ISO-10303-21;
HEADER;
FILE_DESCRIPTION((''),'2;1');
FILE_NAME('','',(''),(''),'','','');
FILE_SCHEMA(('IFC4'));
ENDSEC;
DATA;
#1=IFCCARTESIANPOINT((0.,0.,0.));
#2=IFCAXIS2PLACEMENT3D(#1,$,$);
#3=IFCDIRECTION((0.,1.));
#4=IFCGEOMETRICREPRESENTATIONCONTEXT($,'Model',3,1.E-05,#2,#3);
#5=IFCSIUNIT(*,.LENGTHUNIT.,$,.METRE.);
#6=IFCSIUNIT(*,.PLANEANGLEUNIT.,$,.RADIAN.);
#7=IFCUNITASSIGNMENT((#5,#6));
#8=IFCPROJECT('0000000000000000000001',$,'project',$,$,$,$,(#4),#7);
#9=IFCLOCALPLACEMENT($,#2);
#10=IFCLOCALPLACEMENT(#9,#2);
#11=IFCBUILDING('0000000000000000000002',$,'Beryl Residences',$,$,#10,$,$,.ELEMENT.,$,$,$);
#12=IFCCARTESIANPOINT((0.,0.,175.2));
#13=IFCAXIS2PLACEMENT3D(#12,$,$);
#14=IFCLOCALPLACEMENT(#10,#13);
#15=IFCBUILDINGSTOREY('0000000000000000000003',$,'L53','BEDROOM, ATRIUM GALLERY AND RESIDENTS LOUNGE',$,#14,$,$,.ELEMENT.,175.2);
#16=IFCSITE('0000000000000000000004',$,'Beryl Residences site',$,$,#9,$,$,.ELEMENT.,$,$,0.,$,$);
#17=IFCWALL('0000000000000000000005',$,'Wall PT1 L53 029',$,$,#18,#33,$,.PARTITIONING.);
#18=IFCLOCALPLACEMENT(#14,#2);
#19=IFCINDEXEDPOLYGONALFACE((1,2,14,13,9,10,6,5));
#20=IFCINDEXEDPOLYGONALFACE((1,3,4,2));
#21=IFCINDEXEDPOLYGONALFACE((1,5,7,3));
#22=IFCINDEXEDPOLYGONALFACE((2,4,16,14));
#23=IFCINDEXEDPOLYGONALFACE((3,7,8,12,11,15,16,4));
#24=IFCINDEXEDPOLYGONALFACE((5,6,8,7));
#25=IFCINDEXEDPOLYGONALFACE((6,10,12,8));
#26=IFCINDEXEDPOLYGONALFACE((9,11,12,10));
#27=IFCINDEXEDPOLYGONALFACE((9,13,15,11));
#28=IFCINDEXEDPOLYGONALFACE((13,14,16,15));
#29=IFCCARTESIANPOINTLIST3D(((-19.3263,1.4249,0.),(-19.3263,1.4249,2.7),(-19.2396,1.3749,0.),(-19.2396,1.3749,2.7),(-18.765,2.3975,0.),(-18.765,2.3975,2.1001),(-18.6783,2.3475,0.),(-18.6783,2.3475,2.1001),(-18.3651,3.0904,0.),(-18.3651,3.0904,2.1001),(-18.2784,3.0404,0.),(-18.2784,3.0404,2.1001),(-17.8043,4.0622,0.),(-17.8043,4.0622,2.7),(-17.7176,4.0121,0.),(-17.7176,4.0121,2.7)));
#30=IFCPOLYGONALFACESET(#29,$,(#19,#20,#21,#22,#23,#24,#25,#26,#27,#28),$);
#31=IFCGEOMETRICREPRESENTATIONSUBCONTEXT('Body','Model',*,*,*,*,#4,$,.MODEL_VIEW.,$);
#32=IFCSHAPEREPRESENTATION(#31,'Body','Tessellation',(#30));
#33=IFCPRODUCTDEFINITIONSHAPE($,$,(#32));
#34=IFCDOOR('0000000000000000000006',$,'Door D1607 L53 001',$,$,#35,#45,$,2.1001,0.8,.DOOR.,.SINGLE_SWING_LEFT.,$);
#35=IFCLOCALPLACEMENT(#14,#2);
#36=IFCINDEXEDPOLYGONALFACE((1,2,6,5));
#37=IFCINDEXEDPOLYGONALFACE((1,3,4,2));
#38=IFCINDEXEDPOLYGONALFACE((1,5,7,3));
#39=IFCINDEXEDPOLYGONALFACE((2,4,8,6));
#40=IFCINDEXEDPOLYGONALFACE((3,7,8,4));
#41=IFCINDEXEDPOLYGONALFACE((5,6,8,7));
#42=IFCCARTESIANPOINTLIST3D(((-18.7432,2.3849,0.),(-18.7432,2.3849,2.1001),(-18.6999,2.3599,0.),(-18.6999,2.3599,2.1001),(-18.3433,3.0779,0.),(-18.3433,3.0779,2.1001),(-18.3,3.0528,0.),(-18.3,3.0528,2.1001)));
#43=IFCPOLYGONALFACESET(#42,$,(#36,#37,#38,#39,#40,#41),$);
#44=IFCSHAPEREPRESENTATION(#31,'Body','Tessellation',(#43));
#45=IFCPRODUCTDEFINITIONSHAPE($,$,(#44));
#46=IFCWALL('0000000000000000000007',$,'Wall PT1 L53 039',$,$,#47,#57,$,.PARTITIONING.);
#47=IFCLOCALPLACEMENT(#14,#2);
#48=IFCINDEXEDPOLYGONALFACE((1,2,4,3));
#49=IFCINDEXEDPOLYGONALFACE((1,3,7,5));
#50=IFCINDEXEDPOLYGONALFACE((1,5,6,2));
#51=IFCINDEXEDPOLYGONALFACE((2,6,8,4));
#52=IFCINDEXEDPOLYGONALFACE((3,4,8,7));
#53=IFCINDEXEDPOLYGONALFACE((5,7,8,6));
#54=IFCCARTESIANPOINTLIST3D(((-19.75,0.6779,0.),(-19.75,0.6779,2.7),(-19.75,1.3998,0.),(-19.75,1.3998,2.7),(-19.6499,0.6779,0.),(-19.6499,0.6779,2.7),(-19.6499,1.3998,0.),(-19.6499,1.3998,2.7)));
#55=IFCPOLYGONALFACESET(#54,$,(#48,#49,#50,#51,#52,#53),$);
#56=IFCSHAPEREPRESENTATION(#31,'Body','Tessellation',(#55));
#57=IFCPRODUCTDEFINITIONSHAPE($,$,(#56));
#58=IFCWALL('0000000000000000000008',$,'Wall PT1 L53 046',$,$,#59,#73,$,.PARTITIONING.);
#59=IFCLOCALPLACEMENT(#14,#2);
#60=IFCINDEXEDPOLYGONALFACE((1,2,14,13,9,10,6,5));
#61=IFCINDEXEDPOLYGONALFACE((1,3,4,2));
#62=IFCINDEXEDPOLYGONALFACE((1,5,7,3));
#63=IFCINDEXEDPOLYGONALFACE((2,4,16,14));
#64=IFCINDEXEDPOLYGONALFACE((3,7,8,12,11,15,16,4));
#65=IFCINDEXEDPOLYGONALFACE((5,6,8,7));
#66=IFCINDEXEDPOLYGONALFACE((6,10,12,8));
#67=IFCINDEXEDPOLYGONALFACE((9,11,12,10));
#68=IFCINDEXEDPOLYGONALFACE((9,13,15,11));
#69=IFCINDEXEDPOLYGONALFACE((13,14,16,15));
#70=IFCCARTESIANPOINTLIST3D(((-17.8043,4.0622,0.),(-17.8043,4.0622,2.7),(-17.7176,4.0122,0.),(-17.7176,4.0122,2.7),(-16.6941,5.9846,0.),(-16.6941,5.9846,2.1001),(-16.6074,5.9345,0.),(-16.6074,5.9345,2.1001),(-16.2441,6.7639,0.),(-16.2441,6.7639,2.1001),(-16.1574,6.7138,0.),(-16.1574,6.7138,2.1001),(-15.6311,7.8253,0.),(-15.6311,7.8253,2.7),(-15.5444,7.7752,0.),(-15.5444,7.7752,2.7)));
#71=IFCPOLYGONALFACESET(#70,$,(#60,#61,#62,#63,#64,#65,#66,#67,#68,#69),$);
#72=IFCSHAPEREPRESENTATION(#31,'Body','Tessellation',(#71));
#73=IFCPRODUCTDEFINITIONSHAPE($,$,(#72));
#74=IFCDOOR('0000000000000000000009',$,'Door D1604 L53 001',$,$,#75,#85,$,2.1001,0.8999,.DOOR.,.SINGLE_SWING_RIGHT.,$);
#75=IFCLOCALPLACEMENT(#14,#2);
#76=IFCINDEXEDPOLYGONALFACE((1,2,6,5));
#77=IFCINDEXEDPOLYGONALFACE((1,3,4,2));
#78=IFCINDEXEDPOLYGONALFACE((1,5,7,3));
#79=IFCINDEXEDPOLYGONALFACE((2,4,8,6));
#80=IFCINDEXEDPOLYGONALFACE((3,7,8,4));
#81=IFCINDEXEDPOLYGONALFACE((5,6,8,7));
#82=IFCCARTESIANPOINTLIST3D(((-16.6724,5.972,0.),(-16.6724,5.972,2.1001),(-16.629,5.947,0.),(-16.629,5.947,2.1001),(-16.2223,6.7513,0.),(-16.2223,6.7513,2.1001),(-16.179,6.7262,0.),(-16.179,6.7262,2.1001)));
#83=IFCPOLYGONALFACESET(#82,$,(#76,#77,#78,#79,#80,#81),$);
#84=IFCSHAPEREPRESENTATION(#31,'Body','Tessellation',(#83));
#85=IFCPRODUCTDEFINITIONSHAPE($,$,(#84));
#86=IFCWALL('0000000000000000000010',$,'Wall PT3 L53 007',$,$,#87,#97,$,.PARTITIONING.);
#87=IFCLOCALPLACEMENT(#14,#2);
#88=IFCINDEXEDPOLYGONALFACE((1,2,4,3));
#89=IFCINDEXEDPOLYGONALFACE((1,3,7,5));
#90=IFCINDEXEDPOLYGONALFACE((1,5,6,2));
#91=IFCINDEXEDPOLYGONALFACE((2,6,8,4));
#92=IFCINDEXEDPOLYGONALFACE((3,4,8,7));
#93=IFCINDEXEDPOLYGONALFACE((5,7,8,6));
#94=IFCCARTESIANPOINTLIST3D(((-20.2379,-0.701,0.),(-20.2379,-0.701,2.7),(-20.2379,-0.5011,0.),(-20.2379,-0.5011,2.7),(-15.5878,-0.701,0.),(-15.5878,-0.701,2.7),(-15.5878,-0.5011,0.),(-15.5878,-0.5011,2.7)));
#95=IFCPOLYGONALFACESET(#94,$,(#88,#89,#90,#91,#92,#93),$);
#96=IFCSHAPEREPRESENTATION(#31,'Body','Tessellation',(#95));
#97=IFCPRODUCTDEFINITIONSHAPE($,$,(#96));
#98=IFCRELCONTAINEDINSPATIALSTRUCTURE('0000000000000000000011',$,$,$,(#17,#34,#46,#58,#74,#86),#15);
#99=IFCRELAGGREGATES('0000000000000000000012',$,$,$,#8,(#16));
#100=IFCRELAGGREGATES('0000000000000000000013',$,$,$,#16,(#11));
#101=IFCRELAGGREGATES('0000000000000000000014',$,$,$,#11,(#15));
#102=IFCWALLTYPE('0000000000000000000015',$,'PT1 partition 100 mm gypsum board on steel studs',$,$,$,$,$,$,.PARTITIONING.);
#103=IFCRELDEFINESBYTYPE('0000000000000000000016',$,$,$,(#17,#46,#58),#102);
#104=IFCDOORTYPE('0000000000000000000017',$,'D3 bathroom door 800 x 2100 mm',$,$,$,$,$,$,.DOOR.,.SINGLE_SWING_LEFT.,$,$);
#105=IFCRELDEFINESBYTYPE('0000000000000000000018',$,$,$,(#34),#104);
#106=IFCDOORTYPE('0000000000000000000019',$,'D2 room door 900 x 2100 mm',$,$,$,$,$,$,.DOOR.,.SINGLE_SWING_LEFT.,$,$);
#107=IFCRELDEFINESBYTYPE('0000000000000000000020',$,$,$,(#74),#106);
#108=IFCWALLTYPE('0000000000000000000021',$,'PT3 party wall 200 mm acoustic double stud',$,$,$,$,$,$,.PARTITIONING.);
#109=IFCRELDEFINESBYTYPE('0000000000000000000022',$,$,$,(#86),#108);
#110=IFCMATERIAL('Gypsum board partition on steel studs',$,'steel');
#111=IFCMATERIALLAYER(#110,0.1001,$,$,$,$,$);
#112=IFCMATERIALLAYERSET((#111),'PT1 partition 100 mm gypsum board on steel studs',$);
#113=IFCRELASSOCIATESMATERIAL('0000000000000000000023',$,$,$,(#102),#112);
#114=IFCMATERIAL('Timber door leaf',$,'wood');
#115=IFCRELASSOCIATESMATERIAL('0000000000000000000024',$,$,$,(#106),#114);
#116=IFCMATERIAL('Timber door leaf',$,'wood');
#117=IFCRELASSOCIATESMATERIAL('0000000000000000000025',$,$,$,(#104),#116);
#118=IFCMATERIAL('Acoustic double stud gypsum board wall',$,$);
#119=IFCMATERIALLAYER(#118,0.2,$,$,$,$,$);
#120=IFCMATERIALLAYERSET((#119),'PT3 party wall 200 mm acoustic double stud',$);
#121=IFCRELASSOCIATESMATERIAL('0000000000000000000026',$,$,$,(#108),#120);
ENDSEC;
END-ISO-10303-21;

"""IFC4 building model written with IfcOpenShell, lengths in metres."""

from ifc_helpers import new_model, si_unit, direction, frame, frame_2d, origin, place, context, subcontext, project, spatial, rectangle, extrude, material, layer, layer_set, type_object, element, fill, save


model = new_model("IFC4")

# Units and contexts
model_context = context("Model", 3, precision=1e-05, world=origin(), true_north=direction((0.0, 1.0)))
body_context = subcontext(model_context, "Body", "Model", "MODEL_VIEW")
ifc_project = project(units=[si_unit("LENGTHUNIT", "METRE"), si_unit("PLANEANGLEUNIT", "RADIAN")], contexts=[model_context])

# Site, building, storey
site_placement = place(None, origin())
site = spatial("IfcSite", under=ifc_project, at=site_placement, Name="Beryl Residences site", CompositionType="ELEMENT", RefElevation=0.0)
building_placement = place(site_placement, origin())
building = spatial("IfcBuilding", under=site, at=building_placement, Name="Beryl Residences", CompositionType="ELEMENT")
storey_placement = place(building_placement, frame((0.0, 0.0, 175.2)))
storey = spatial("IfcBuildingStorey", under=building, at=storey_placement, Name="L53", Description="BEDROOM, ATRIUM GALLERY AND RESIDENTS LOUNGE", CompositionType="ELEMENT", Elevation=175.2)

# Shared definitions
ifc_material_1 = material(Name="Gypsum board partition on steel studs", Category="steel")
ifc_layer_1 = layer(ifc_material_1, 0.1001)
ifc_layer_set_1 = layer_set([ifc_layer_1], Name="PT1 partition 100 mm gypsum board on steel studs")
wall_type_1 = type_object("IfcWallType", Name="PT1 partition 100 mm gypsum board on steel studs", PredefinedType="PARTITIONING", material=ifc_layer_set_1)
ifc_material_2 = material(Name="Timber door leaf", Category="wood")
door_type_1 = type_object("IfcDoorType", Name="D2 room door 900 x 2100 mm", OperationType="SINGLE_SWING_LEFT", PredefinedType="DOOR", material=ifc_material_2)

# Wall, opening, door
wall_1_placement = place(storey_placement, frame((-19.283, 1.3999, 0.0), z_axis=(0.0, 0.0, 1.0), x_axis=(0.499847, 0.866113, 0.0)))
wall_1 = element("IfcWall", 1, at=wall_1_placement, inside=storey, type_object=wall_type_1, Name="Wall PT1 L53 029", PredefinedType="PARTITIONING", context=body_context, shape_type="SweptSolid", body=[
    extrude(rectangle(XDim=3.0449, YDim=0.1001, at=frame_2d((1.5225, 0.0))), origin(), (0.0, 0.0, 1.0), 2.7),
])
opening_1_placement = place(wall_1_placement, frame((1.123, 0.0, 0.0)))
opening_1 = element("IfcOpeningElement", 2, at=opening_1_placement, cuts=wall_1, PredefinedType="OPENING", context=body_context, shape_type="SweptSolid", body=[
    extrude(rectangle(XDim=0.8, YDim=2.1001, at=frame_2d((0.3999, 1.05))), frame((0.0, 0.0601, 0.0), z_axis=(0.0, -1.0, 0.0), x_axis=(1.0, 0.0, 0.0)), (0.0, 0.0, 1.0), 0.1201),
])
ifc_material_3 = material(Name="Timber door leaf", Category="wood")
door_type_2 = type_object("IfcDoorType", Name="D3 bathroom door 800 x 2100 mm", OperationType="SINGLE_SWING_LEFT", PredefinedType="DOOR", material=ifc_material_3)
door_1_placement = place(opening_1_placement, origin())
door_1 = element("IfcDoor", 3, at=door_1_placement, inside=storey, type_object=door_type_2, Name="Door D1607 L53 001", OperationType="SINGLE_SWING_LEFT", OverallHeight=2.1001, OverallWidth=0.8, PredefinedType="DOOR", context=body_context, shape_type="SweptSolid", body=[
    extrude(rectangle(XDim=0.8, YDim=2.1001, at=frame_2d((0.3999, 1.05))), frame((0.0, 0.0249, 0.0), z_axis=(0.0, -1.0, 0.0), x_axis=(1.0, 0.0, 0.0)), (0.0, 0.0, 1.0), 0.05),
])
fill(opening_1, door_1)

# Wall
wall_2_placement = place(storey_placement, frame((-19.7, 0.678, 0.0), z_axis=(0.0, 0.0, 1.0), x_axis=(0.0, 1.0, 0.0)))
element("IfcWall", 4, at=wall_2_placement, inside=storey, type_object=wall_type_1, Name="Wall PT1 L53 039", PredefinedType="PARTITIONING", context=body_context, shape_type="SweptSolid", body=[
    extrude(rectangle(XDim=0.7219, YDim=0.1001, at=frame_2d((0.3608, 0.0))), origin(), (0.0, 0.0, 1.0), 2.7),
])

# Wall, opening, door
wall_3_placement = place(storey_placement, frame((-17.761, 4.0371, 0.0), z_axis=(0.0, 0.0, 1.0), x_axis=(0.500097, 0.865969, 0.0)))
wall_3 = element("IfcWall", 5, at=wall_3_placement, inside=storey, type_object=wall_type_1, Name="Wall PT1 L53 046", PredefinedType="PARTITIONING", context=body_context, shape_type="SweptSolid", body=[
    extrude(rectangle(XDim=4.3455, YDim=0.1001, at=frame_2d((2.1729, 0.0))), origin(), (0.0, 0.0, 1.0), 2.7),
])
opening_2_placement = place(wall_3_placement, frame((2.22, 0.0, 0.0)))
opening_2 = element("IfcOpeningElement", 6, at=opening_2_placement, cuts=wall_3, PredefinedType="OPENING", context=body_context, shape_type="SweptSolid", body=[
    extrude(rectangle(XDim=0.8999, YDim=2.1001, at=frame_2d((0.45, 1.05))), frame((0.0, 0.0601, 0.0), z_axis=(0.0, -1.0, 0.0), x_axis=(1.0, 0.0, 0.0)), (0.0, 0.0, 1.0), 0.1201),
])
door_2_placement = place(opening_2_placement, origin())
door_2 = element("IfcDoor", 7, at=door_2_placement, inside=storey, type_object=door_type_1, Name="Door D1604 L53 001", OperationType="SINGLE_SWING_RIGHT", OverallHeight=2.1001, OverallWidth=0.8999, PredefinedType="DOOR", context=body_context, shape_type="SweptSolid", body=[
    extrude(rectangle(XDim=0.8999, YDim=2.1001, at=frame_2d((0.45, 1.05))), frame((0.0, 0.0249, 0.0), z_axis=(0.0, -1.0, 0.0), x_axis=(1.0, 0.0, 0.0)), (0.0, 0.0, 1.0), 0.05),
])
fill(opening_2, door_2)

# Wall
ifc_material_4 = material(Name="Acoustic double stud gypsum board wall")
ifc_layer_2 = layer(ifc_material_4, 0.2)
ifc_layer_set_2 = layer_set([ifc_layer_2], Name="PT3 party wall 200 mm acoustic double stud")
wall_type_2 = type_object("IfcWallType", Name="PT3 party wall 200 mm acoustic double stud", PredefinedType="PARTITIONING", material=ifc_layer_set_2)
wall_4_placement = place(storey_placement, frame((-20.238, -0.6011, 0.0), z_axis=(0.0, 0.0, 1.0), x_axis=(1.0, 0.0, 0.0)))
element("IfcWall", 8, at=wall_4_placement, inside=storey, type_object=wall_type_2, Name="Wall PT3 L53 007", PredefinedType="PARTITIONING", context=body_context, shape_type="SweptSolid", body=[
    extrude(rectangle(XDim=4.6501, YDim=0.2, at=frame_2d((2.3252, 0.0))), origin(), (0.0, 0.0, 1.0), 2.7),
])

save(model, "model.ifc")
